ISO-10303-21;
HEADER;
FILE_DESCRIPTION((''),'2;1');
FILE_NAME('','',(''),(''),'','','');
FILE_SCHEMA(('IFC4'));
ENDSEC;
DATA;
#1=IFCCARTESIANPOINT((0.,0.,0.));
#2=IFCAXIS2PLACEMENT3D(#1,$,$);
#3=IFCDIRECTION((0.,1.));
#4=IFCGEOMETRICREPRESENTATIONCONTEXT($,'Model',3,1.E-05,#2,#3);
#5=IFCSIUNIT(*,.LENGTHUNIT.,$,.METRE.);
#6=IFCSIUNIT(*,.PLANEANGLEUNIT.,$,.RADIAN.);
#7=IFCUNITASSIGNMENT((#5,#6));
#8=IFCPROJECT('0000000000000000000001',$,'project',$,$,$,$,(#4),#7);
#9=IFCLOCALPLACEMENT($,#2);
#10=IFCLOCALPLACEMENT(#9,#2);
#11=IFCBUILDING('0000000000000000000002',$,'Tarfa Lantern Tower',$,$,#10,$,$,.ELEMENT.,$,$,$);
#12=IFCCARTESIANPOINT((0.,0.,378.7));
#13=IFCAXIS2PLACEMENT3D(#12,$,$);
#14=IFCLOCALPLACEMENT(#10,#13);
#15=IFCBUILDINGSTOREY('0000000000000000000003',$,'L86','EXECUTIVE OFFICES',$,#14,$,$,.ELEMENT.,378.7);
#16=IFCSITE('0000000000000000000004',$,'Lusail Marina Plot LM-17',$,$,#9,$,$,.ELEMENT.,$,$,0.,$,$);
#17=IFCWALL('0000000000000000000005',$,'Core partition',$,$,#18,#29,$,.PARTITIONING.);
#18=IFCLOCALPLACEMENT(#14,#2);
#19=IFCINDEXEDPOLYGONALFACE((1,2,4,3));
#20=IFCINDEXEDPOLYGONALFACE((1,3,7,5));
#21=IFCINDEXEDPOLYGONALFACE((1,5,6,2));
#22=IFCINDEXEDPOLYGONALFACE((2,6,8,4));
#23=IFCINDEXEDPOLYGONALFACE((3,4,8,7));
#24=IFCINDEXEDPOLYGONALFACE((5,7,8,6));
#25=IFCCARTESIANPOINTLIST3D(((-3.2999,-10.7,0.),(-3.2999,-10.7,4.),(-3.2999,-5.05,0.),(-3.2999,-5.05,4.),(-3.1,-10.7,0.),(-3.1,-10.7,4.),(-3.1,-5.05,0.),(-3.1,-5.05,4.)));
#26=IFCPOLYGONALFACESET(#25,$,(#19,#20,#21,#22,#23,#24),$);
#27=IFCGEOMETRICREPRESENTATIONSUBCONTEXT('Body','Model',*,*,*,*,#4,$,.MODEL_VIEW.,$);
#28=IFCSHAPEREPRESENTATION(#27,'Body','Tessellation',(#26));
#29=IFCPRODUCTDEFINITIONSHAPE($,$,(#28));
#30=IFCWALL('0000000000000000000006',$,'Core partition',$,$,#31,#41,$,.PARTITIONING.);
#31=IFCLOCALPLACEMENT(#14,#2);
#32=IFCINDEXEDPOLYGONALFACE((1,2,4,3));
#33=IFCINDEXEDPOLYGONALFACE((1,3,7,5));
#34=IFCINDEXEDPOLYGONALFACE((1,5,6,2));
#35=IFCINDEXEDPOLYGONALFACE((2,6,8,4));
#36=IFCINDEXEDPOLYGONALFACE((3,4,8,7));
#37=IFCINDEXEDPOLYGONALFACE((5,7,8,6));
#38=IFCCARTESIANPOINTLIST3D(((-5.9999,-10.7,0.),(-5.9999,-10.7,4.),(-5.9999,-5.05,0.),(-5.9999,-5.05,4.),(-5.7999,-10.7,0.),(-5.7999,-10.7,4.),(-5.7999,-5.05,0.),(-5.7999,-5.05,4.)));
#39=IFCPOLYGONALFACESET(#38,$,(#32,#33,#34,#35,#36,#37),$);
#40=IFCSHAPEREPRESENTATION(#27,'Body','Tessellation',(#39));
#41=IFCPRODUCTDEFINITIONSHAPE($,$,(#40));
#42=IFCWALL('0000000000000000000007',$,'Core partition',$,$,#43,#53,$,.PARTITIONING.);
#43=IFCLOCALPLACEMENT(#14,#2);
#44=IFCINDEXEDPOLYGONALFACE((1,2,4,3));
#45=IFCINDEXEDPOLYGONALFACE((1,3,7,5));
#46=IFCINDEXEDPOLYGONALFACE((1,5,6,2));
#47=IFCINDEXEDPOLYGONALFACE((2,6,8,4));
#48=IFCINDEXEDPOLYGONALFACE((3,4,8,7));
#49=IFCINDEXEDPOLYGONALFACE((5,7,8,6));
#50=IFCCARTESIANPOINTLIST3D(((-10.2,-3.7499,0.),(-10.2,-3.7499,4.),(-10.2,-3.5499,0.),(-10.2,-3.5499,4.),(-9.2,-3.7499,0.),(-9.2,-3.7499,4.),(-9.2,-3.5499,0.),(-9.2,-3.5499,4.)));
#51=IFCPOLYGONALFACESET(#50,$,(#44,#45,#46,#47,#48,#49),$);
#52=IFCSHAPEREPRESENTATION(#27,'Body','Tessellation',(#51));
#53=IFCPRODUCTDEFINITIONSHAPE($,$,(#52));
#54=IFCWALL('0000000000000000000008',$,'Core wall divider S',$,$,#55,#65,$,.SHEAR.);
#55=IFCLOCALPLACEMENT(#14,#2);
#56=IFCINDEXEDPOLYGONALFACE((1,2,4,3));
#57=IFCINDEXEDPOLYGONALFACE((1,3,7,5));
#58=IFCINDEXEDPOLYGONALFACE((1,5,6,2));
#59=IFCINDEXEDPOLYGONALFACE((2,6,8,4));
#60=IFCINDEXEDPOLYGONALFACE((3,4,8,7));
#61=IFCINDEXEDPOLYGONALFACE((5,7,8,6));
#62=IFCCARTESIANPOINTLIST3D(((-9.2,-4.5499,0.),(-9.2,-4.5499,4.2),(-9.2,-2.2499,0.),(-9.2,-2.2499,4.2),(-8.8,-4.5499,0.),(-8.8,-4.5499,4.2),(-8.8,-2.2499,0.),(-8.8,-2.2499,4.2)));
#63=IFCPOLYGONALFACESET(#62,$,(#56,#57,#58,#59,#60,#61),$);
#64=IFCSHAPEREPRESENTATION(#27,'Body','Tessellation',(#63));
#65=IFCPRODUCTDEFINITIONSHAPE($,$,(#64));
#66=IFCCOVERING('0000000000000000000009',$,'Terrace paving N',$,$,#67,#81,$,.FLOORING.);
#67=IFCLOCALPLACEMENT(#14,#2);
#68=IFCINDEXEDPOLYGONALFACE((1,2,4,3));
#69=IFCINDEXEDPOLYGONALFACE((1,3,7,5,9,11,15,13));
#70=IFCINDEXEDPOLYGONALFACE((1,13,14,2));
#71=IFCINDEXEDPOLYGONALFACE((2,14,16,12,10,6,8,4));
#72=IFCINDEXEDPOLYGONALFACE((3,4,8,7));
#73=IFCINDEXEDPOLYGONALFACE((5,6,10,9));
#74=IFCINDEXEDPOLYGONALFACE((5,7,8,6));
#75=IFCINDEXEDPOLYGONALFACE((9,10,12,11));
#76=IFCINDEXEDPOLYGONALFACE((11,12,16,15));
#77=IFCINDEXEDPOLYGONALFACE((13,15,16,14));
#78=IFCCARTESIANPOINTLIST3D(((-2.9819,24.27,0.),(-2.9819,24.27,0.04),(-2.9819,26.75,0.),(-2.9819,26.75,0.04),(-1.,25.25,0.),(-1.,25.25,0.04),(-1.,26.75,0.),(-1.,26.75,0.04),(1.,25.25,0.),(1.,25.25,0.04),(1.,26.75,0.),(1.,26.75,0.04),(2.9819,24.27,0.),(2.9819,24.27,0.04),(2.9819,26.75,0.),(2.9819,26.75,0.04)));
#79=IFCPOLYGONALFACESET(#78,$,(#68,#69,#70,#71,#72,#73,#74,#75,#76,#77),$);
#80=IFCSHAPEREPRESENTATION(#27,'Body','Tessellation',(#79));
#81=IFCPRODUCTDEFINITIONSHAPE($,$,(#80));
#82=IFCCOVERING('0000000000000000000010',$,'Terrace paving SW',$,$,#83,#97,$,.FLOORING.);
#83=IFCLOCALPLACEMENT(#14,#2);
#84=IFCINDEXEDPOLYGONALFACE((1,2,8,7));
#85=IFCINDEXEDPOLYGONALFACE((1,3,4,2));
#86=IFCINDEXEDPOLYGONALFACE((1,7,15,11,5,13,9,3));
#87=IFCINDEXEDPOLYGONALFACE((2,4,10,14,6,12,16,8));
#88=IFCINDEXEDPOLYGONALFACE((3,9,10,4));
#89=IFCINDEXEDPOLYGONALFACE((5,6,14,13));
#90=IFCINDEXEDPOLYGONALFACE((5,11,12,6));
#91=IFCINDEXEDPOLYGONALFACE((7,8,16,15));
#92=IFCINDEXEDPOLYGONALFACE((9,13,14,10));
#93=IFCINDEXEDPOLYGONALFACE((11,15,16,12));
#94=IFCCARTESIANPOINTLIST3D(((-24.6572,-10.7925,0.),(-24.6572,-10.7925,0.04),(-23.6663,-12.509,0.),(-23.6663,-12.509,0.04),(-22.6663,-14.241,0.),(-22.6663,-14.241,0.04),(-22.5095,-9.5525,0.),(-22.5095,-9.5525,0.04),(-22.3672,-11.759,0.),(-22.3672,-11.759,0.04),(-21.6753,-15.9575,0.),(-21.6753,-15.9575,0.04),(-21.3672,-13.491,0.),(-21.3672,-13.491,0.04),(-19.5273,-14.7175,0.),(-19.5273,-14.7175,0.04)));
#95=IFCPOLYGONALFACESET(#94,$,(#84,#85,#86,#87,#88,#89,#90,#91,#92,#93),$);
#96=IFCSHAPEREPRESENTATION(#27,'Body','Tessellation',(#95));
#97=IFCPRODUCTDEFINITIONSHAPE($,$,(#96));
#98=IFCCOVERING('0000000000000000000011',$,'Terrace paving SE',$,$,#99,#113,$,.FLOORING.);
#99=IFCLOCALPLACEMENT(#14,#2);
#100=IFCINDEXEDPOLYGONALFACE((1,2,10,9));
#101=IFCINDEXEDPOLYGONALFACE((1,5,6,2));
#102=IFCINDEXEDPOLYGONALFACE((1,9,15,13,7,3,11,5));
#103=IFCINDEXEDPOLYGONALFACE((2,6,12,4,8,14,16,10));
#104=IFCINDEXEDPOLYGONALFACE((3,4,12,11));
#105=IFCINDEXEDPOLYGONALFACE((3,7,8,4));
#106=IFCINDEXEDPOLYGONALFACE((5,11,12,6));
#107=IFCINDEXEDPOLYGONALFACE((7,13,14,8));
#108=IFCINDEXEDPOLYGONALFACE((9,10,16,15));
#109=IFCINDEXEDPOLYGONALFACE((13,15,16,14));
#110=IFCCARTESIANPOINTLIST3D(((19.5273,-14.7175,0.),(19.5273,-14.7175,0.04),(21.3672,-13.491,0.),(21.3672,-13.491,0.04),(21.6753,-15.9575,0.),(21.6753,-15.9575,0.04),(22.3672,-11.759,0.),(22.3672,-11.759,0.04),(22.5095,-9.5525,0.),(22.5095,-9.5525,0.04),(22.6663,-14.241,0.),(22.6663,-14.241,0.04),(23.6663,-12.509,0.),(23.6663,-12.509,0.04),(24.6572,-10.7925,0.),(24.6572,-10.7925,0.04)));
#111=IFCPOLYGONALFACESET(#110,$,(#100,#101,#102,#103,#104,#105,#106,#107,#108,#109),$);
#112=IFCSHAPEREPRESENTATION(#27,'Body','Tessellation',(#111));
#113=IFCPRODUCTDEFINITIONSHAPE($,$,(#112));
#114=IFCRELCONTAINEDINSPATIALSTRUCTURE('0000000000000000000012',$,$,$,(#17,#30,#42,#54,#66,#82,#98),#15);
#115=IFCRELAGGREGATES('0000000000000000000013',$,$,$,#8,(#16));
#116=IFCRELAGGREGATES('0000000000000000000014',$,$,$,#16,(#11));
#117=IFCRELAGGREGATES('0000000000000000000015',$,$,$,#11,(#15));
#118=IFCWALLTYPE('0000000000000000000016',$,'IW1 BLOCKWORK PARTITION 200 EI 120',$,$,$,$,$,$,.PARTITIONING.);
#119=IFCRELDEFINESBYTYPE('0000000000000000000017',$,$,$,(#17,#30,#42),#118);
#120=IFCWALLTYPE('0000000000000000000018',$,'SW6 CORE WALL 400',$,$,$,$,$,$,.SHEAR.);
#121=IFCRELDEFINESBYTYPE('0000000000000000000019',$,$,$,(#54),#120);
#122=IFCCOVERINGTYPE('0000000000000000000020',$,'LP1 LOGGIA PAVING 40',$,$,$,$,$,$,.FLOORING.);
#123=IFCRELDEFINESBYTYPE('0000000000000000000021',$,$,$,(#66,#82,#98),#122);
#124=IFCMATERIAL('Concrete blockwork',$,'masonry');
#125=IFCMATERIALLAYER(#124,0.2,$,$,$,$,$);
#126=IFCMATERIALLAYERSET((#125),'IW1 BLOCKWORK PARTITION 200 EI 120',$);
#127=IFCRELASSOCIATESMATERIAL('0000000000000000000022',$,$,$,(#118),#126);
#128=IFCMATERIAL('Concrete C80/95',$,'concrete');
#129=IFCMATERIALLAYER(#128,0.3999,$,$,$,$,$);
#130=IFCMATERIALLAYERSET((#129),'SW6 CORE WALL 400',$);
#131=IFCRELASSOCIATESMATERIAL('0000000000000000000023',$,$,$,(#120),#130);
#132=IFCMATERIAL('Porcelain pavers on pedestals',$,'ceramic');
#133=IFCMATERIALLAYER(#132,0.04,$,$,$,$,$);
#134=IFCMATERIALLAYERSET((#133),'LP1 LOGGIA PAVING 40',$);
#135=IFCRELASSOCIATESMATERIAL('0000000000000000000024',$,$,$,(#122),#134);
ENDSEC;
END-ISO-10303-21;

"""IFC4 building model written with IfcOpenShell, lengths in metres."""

from ifc_helpers import new_model, si_unit, direction, frame, frame_2d, origin, place, context, subcontext, project, spatial, polyline, rectangle, outline, extrude, material, layer, layer_set, type_object, element, save


model = new_model("IFC4")

# Units and contexts
model_context = context("Model", 3, precision=1e-05, world=origin(), true_north=direction((0.0, 1.0)))
body_context = subcontext(model_context, "Body", "Model", "MODEL_VIEW")
ifc_project = project(units=[si_unit("LENGTHUNIT", "METRE"), si_unit("PLANEANGLEUNIT", "RADIAN")], contexts=[model_context])

# Site, building, storey
site_placement = place(None, origin())
site = spatial("IfcSite", under=ifc_project, at=site_placement, Name="Lusail Marina Plot LM-17", CompositionType="ELEMENT", RefElevation=0.0)
building_placement = place(site_placement, origin())
building = spatial("IfcBuilding", under=site, at=building_placement, Name="Tarfa Lantern Tower", CompositionType="ELEMENT")
storey_placement = place(building_placement, frame((0.0, 0.0, 378.7)))
storey = spatial("IfcBuildingStorey", under=building, at=storey_placement, Name="L86", Description="EXECUTIVE OFFICES", CompositionType="ELEMENT", Elevation=378.7)

# Walls
ifc_material_1 = material(Name="Concrete blockwork", Category="masonry")
ifc_layer_1 = layer(ifc_material_1, 0.2)
ifc_layer_set_1 = layer_set([ifc_layer_1], Name="IW1 BLOCKWORK PARTITION 200 EI 120")
wall_type_1 = type_object("IfcWallType", Name="IW1 BLOCKWORK PARTITION 200 EI 120", PredefinedType="PARTITIONING", material=ifc_layer_set_1)
for number, where, z_axis, x_axis, name in (
    (1, (-3.2, -5.05, 0.0), (0.0, 0.0, 1.0), (0.0, -1.0, 0.0), "Core partition"),
    (2, (-5.8999, -5.05, 0.0), (0.0, 0.0, 1.0), (0.0, -1.0, 0.0), "Core partition"),
):
    element("IfcWall", number, at=place(storey_placement, frame(where, z_axis=z_axis, x_axis=x_axis)), inside=storey, type_object=wall_type_1, Name=name, PredefinedType="PARTITIONING", context=body_context, shape_type="SweptSolid", body=[
        extrude(rectangle(XDim=5.6499, YDim=0.2, at=frame_2d((2.825, 0.0))), origin(), (0.0, 0.0, 1.0), 4.0),
    ])
wall_1_placement = place(storey_placement, frame((-9.2, -3.6499, 0.0), z_axis=(0.0, 0.0, 1.0), x_axis=(-1.0, 0.0, 0.0)))
element("IfcWall", 3, at=wall_1_placement, inside=storey, type_object=wall_type_1, Name="Core partition", PredefinedType="PARTITIONING", context=body_context, shape_type="SweptSolid", body=[
    extrude(rectangle(XDim=1.0, YDim=0.2, at=frame_2d((0.5, 0.0))), origin(), (0.0, 0.0, 1.0), 4.0),
])
ifc_material_2 = material(Name="Concrete C80/95", Category="concrete")
ifc_layer_2 = layer(ifc_material_2, 0.3999)
ifc_layer_set_2 = layer_set([ifc_layer_2], Name="SW6 CORE WALL 400")
wall_type_2 = type_object("IfcWallType", Name="SW6 CORE WALL 400", PredefinedType="SHEAR", material=ifc_layer_set_2)
wall_2_placement = place(storey_placement, frame((-9.0, -2.25, 0.0), z_axis=(0.0, 0.0, 1.0), x_axis=(0.0, -1.0, 0.0)))
element("IfcWall", 4, at=wall_2_placement, inside=storey, type_object=wall_type_2, Name="Core wall divider S", PredefinedType="SHEAR", context=body_context, shape_type="SweptSolid", body=[
    extrude(rectangle(XDim=2.3, YDim=0.3999, at=frame_2d((1.1499, 0.0))), origin(), (0.0, 0.0, 1.0), 4.2),
])

# Coverings
ifc_material_3 = material(Name="Porcelain pavers on pedestals", Category="ceramic")
ifc_layer_3 = layer(ifc_material_3, 0.04)
ifc_layer_set_3 = layer_set([ifc_layer_3], Name="LP1 LOGGIA PAVING 40")
covering_type = type_object("IfcCoveringType", Name="LP1 LOGGIA PAVING 40", PredefinedType="FLOORING", material=ifc_layer_set_3)
covering_1_placement = place(storey_placement, origin())
element("IfcCovering", 5, at=covering_1_placement, inside=storey, type_object=covering_type, Name="Terrace paving N", PredefinedType="FLOORING", context=body_context, shape_type="SweptSolid", body=[
    extrude(outline(polyline([(2.9819, 26.75), (2.9819, 24.27), (-2.9819, 24.27), (-2.9819, 26.75), (-1.0, 26.75), (-1.0, 25.25), (1.0, 25.25), (1.0, 26.75), (2.9819, 26.75)])), origin(), (0.0, 0.0, 1.0), 0.04),
])
covering_2_placement = place(storey_placement, origin())
element("IfcCovering", 6, at=covering_2_placement, inside=storey, type_object=covering_type, Name="Terrace paving SW", PredefinedType="FLOORING", context=body_context, shape_type="SweptSolid", body=[
    extrude(outline(polyline([(-24.6572, -10.7925), (-22.5095, -9.5525), (-19.5273, -14.7175), (-21.6753, -15.9575), (-22.6663, -14.241), (-21.3672, -13.491), (-22.3672, -11.759), (-23.6663, -12.509), (-24.6572, -10.7925)])), origin(), (0.0, 0.0, 1.0), 0.04),
])
covering_3_placement = place(storey_placement, origin())
element("IfcCovering", 7, at=covering_3_placement, inside=storey, type_object=covering_type, Name="Terrace paving SE", PredefinedType="FLOORING", context=body_context, shape_type="SweptSolid", body=[
    extrude(outline(polyline([(21.6753, -15.9575), (19.5273, -14.7175), (22.5095, -9.5525), (24.6572, -10.7925), (23.6663, -12.509), (22.3672, -11.759), (21.3672, -13.491), (22.6663, -14.241), (21.6753, -15.9575)])), origin(), (0.0, 0.0, 1.0), 0.04),
])

save(model, "model.ifc")
